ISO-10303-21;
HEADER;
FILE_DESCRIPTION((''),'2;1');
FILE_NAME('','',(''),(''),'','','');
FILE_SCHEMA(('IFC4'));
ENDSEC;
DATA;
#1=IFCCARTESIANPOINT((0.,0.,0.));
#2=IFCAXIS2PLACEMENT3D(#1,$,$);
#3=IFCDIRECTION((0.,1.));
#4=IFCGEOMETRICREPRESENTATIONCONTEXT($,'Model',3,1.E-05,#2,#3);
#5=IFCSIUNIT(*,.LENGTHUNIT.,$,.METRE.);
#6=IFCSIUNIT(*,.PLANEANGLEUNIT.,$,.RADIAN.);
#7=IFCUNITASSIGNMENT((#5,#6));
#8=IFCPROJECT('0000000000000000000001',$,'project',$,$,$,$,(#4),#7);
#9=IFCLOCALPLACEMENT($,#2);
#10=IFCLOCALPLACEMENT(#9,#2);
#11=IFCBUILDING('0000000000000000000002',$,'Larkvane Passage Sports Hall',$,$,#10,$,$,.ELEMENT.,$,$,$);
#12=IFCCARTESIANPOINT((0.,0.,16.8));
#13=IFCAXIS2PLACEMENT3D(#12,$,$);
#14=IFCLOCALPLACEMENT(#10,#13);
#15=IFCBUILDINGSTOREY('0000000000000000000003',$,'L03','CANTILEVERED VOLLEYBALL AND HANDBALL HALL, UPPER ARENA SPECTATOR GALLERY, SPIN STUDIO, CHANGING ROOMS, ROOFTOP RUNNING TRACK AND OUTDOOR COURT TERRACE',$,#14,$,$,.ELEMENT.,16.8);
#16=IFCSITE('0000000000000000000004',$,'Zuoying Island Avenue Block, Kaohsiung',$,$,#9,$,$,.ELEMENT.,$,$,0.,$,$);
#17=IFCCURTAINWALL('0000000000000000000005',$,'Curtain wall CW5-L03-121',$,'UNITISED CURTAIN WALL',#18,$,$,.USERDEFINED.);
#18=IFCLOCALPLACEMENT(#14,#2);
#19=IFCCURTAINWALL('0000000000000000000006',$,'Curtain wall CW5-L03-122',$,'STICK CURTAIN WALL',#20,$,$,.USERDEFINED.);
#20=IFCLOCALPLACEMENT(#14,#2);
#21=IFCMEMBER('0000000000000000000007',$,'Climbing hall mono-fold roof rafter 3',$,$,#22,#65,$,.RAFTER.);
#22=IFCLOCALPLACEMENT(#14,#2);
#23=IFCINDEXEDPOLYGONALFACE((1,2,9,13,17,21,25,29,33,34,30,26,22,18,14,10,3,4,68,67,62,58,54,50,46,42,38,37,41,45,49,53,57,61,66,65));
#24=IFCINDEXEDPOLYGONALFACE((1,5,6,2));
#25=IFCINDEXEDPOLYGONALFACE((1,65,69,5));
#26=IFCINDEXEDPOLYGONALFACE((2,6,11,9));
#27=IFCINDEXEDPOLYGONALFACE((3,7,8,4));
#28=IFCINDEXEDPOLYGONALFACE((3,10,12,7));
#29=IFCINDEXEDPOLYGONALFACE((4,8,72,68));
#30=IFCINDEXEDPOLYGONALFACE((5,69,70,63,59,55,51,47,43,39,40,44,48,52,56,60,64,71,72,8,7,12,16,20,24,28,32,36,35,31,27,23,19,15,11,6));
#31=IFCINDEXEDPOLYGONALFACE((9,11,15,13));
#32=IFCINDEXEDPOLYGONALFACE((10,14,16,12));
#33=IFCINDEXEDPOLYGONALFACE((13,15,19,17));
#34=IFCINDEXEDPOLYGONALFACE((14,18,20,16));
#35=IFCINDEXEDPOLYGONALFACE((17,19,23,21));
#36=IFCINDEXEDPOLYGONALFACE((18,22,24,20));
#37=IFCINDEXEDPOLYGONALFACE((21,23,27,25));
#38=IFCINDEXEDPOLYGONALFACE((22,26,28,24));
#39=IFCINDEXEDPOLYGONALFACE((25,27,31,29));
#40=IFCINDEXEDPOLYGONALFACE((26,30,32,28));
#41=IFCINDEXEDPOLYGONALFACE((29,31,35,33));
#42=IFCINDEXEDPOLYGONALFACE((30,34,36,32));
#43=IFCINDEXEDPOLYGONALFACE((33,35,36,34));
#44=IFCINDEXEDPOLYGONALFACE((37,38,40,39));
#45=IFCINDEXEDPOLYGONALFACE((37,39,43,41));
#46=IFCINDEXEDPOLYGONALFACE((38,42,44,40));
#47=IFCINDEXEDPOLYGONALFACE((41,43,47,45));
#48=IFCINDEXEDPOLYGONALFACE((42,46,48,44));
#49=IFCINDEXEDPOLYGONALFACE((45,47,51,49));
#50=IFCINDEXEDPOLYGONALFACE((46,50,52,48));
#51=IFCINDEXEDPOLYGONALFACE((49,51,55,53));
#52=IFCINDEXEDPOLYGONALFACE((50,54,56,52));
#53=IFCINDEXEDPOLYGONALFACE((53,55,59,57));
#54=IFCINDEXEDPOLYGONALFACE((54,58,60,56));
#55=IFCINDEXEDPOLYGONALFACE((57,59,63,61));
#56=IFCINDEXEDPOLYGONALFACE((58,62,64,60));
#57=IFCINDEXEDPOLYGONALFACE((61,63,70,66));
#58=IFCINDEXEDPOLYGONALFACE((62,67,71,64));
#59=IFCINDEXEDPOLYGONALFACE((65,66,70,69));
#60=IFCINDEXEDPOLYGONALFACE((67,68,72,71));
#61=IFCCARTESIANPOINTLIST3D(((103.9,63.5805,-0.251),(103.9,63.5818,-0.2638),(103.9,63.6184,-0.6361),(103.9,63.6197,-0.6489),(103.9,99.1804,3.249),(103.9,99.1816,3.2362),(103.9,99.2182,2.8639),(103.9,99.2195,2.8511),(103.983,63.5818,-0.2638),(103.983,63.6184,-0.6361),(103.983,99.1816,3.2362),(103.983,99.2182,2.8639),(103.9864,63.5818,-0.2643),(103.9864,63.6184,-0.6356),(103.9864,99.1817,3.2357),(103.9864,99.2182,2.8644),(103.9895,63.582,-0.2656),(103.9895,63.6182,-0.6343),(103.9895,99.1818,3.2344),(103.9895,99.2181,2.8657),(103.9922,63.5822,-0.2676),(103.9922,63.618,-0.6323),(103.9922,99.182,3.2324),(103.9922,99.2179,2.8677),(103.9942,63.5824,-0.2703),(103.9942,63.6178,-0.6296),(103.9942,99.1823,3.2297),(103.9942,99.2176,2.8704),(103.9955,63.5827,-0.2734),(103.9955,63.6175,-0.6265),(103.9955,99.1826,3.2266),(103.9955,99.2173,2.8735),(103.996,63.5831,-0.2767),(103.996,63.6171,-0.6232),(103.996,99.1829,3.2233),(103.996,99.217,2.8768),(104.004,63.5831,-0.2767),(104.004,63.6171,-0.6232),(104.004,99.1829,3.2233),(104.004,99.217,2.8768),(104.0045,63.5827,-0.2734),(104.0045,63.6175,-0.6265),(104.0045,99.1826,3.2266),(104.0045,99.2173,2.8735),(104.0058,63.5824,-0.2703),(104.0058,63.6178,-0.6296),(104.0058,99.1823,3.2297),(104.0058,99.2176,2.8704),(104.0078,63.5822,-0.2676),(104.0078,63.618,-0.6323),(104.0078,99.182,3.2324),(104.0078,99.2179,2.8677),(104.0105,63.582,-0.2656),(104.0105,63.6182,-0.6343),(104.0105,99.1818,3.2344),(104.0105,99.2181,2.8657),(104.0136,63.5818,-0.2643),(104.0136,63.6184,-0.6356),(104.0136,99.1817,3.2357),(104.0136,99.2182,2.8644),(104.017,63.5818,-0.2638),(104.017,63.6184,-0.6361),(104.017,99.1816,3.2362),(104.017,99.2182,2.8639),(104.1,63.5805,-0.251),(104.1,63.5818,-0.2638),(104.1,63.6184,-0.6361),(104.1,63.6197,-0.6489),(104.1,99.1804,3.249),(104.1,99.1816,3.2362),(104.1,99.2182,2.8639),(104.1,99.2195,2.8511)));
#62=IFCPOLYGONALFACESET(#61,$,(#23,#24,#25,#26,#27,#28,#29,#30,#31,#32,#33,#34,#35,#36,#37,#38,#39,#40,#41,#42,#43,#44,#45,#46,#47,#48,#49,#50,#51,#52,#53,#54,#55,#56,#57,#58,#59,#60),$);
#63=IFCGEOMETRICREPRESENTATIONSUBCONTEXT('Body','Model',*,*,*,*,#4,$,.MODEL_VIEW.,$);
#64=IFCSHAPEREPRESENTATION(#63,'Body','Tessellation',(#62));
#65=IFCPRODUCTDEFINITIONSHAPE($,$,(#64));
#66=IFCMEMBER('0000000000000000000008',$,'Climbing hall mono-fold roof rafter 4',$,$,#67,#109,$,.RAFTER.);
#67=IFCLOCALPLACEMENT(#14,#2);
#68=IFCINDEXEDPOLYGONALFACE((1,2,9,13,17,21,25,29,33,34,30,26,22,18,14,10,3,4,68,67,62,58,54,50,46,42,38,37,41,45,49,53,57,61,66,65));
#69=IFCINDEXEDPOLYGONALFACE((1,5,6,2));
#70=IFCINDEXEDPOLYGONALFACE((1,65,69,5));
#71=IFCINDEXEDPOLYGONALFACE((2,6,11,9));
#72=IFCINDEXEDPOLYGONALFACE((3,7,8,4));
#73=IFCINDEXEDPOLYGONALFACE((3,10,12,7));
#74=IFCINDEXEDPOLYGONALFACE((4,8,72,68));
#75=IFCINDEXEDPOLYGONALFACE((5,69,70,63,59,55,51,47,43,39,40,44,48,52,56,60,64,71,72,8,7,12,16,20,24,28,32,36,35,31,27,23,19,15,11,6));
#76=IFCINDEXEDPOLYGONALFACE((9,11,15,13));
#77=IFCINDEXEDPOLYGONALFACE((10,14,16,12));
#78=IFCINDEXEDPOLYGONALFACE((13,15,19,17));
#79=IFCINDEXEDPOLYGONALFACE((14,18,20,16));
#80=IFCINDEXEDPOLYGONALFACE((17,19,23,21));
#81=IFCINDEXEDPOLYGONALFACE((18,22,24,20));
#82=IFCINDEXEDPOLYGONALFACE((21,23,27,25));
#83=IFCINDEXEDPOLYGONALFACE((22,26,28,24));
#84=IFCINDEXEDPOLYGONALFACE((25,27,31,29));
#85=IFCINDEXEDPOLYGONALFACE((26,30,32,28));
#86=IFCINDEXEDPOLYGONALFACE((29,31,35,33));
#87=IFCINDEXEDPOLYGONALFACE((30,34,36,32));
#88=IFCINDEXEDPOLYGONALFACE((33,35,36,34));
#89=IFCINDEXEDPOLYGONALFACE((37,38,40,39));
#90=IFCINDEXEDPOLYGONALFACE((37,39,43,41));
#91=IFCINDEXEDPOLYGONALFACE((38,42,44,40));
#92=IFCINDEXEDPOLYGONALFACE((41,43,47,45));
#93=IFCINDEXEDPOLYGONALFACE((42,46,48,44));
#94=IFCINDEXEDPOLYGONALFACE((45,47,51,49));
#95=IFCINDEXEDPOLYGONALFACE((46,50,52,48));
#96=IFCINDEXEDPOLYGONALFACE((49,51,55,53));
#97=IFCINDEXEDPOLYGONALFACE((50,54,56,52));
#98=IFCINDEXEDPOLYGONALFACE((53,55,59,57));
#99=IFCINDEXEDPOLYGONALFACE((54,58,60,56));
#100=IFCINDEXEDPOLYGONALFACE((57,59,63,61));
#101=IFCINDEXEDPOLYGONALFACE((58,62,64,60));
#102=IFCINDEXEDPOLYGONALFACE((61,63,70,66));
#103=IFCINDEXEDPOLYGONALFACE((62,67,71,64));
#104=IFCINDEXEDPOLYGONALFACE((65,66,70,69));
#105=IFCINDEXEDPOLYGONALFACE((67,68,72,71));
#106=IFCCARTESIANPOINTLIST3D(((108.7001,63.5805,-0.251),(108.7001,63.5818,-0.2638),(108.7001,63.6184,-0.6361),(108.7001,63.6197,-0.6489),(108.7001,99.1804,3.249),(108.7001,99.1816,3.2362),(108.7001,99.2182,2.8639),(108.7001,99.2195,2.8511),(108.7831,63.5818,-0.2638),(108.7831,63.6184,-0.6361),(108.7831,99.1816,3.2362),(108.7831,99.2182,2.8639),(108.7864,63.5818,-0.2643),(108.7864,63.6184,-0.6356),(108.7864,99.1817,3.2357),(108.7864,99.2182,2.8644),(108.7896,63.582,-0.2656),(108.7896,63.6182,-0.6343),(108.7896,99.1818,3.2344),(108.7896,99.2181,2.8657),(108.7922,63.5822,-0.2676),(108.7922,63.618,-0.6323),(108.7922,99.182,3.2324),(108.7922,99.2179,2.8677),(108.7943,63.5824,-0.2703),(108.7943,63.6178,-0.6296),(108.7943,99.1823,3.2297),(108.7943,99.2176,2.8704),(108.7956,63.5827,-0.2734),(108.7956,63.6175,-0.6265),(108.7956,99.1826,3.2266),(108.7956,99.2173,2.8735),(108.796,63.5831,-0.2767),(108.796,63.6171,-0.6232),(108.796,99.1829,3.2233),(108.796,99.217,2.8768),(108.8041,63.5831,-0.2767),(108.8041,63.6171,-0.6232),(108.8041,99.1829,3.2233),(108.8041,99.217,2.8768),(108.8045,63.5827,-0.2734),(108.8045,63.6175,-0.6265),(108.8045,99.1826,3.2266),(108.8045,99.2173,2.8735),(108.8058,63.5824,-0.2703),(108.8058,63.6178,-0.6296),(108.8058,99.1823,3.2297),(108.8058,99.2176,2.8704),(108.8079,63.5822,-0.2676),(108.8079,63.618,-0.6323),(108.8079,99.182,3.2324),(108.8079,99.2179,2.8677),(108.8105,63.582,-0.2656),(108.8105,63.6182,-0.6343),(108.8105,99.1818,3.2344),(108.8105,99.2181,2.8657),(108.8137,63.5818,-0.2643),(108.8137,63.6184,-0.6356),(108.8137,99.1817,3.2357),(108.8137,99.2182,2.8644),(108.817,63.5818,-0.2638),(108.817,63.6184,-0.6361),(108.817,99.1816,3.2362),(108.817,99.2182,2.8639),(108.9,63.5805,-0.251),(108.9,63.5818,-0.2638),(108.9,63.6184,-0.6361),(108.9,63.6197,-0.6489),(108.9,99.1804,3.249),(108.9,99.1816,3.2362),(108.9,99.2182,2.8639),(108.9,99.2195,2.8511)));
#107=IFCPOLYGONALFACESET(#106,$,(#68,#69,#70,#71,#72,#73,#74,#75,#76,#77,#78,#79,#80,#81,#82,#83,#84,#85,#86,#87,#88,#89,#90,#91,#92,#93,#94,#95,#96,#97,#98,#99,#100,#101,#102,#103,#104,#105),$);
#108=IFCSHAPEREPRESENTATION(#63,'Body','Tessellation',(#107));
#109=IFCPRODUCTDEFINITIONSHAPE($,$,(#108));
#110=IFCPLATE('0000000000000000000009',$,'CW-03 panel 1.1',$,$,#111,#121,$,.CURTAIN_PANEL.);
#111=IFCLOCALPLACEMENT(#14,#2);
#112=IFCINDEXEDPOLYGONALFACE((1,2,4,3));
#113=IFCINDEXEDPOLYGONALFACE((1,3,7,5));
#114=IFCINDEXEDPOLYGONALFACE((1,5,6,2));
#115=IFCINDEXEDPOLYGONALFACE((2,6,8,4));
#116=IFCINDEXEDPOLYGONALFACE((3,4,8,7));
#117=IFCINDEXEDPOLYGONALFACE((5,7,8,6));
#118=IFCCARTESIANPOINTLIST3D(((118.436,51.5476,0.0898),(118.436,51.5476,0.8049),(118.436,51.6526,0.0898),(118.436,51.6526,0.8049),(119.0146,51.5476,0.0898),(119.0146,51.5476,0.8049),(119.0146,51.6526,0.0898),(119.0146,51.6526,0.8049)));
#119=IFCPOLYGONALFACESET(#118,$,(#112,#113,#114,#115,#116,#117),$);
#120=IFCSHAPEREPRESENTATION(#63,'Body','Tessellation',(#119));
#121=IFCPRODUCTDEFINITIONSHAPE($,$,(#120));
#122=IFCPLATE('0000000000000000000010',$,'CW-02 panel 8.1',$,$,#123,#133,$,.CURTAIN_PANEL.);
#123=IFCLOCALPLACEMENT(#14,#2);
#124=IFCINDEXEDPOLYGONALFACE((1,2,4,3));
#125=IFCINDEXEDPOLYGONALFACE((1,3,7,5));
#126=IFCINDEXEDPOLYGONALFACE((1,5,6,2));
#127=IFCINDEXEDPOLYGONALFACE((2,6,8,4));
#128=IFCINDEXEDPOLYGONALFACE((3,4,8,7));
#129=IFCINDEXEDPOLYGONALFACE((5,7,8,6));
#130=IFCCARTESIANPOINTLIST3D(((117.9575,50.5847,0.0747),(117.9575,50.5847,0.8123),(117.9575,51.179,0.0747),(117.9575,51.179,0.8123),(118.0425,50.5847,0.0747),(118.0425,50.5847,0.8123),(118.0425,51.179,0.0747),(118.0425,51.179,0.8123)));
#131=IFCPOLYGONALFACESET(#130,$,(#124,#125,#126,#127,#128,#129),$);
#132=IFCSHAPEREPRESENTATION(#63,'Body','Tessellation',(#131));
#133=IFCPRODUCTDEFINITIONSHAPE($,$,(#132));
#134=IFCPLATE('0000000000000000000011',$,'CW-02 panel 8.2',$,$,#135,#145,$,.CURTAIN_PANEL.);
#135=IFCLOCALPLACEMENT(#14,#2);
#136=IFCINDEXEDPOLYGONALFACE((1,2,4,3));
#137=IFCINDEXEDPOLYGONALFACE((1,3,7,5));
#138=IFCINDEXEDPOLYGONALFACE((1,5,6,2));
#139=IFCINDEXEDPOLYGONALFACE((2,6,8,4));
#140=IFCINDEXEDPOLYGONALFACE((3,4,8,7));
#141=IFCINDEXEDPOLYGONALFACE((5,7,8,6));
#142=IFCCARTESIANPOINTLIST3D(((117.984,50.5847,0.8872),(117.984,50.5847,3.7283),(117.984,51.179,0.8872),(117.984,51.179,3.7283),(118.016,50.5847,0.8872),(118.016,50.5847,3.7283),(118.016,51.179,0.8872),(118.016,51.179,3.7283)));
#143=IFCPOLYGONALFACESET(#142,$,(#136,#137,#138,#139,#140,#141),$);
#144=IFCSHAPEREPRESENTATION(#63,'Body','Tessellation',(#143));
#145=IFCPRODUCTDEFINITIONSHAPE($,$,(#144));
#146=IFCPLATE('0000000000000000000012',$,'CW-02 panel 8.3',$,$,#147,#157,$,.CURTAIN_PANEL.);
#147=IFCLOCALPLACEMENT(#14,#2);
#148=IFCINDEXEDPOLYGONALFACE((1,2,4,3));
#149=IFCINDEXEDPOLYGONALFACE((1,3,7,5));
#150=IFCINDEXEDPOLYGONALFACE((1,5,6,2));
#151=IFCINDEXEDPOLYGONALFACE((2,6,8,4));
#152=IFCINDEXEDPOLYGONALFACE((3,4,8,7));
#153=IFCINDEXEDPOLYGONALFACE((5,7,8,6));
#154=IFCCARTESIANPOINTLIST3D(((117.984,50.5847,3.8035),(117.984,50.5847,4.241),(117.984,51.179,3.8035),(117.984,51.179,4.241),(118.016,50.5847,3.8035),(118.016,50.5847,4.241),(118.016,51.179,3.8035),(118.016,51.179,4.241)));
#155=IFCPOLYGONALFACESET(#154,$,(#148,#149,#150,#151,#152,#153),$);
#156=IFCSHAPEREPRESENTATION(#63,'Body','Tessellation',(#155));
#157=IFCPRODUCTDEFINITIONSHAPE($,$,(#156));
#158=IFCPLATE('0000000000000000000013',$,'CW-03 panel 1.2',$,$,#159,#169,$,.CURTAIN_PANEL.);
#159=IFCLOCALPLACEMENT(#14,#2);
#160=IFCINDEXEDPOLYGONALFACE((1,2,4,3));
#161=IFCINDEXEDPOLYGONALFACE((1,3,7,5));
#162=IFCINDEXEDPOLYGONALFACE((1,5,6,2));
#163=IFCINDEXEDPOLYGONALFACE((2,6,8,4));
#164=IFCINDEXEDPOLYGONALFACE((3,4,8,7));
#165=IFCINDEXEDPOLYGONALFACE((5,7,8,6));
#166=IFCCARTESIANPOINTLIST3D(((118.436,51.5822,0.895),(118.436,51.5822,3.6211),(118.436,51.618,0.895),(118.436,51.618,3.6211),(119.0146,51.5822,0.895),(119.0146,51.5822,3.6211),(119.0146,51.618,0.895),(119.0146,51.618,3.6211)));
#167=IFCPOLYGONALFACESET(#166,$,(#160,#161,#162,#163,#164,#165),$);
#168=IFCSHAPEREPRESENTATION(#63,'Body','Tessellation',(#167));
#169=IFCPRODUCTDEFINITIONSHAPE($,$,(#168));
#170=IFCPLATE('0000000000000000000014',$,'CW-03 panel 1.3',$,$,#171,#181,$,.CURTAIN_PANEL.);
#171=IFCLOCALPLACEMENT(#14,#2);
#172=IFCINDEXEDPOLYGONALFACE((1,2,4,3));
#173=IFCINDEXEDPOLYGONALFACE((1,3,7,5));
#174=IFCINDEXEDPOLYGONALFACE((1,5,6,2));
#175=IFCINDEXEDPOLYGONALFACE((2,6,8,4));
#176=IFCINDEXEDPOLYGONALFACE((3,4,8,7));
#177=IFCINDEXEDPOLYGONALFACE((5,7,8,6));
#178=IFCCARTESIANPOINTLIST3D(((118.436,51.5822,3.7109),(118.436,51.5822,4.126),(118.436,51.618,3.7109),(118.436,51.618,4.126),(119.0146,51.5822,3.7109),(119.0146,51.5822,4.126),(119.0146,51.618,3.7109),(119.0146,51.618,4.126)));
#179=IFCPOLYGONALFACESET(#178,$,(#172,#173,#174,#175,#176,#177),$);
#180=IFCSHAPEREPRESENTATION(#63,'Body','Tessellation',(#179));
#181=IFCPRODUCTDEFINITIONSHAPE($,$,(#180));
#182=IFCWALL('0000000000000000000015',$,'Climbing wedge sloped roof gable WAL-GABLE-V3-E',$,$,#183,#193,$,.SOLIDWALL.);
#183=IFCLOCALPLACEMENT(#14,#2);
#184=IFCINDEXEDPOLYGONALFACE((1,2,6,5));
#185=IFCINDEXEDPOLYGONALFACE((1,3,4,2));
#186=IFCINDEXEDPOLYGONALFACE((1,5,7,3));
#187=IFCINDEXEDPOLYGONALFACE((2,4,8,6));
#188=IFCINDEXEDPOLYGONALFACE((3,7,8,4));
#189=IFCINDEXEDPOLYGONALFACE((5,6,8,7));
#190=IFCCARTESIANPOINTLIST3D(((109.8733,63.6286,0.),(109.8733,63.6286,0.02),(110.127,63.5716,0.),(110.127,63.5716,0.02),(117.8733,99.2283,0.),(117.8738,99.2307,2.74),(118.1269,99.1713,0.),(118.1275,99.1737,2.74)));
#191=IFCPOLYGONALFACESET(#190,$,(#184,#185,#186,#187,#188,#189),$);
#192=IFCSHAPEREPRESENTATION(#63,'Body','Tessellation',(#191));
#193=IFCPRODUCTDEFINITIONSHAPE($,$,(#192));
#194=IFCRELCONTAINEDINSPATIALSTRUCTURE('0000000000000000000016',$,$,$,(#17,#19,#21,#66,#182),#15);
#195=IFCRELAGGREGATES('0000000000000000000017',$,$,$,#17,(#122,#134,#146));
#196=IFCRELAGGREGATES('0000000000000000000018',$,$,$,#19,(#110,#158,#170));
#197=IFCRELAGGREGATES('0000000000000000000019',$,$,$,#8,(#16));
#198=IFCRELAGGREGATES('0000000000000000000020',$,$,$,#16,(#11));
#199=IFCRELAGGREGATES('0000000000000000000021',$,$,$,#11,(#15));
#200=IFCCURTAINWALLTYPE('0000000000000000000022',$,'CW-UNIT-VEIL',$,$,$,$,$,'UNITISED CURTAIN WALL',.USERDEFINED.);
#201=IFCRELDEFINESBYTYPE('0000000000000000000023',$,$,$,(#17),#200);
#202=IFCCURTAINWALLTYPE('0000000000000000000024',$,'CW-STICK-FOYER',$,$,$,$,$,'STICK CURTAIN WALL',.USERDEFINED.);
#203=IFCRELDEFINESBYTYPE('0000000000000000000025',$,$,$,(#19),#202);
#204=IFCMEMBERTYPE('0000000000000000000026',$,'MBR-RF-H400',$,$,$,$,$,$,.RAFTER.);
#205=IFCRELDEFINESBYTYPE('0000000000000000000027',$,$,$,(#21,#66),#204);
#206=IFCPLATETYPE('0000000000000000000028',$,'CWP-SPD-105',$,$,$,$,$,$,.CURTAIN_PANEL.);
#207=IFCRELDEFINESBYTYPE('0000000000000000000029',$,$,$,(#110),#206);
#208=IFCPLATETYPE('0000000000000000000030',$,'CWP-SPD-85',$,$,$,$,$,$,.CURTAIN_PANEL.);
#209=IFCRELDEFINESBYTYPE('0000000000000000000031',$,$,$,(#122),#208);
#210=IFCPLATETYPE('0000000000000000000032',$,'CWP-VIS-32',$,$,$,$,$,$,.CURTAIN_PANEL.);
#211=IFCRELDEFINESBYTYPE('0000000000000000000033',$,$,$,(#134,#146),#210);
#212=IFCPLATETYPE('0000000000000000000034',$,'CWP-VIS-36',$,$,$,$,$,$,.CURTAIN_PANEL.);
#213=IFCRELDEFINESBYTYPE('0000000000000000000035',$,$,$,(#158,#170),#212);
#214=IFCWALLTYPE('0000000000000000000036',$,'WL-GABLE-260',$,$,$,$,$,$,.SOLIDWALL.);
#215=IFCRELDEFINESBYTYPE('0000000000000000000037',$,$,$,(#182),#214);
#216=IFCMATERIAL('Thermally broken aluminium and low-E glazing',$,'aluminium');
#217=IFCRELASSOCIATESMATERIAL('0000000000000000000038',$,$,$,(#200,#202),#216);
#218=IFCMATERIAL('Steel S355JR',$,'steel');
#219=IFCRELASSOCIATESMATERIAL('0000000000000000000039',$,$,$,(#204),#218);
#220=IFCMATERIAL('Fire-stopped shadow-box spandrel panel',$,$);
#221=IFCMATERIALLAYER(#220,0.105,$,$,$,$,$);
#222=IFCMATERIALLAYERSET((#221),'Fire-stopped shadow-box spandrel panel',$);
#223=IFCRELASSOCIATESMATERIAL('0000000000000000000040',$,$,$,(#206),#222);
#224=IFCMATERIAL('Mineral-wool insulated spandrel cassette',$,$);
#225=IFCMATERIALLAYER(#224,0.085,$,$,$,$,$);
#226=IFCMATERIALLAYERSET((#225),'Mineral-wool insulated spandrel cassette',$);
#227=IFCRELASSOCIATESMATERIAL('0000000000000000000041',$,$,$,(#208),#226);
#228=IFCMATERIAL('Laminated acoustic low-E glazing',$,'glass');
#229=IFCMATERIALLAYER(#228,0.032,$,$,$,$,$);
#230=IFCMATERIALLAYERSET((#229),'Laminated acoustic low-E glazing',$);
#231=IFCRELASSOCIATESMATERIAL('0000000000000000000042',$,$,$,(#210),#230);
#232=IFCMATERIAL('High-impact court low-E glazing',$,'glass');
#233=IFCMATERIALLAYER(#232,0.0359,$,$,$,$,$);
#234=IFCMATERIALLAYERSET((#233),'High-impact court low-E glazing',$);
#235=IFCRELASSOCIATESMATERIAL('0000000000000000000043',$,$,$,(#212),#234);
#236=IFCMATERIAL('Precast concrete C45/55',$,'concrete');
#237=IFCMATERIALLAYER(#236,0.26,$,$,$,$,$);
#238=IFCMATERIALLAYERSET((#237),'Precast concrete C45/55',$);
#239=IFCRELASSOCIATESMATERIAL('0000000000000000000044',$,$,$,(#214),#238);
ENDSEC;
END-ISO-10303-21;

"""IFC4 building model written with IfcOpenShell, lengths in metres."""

from ifc_helpers import new_model, si_unit, direction, frame, origin, origin_2d, place, context, subcontext, project, spatial, polyline, rectangle, i_section, outline, extrude, material, layer, layer_set, material_profile, profile_set, type_object, element, aggregate, save


model = new_model("IFC4")

# Units and contexts
model_context = context("Model", 3, precision=1e-05, world=origin(), true_north=direction((0.0, 1.0)))
body_context = subcontext(model_context, "Body", "Model", "MODEL_VIEW")
ifc_project = project(units=[si_unit("LENGTHUNIT", "METRE"), si_unit("PLANEANGLEUNIT", "RADIAN")], contexts=[model_context])

# Site, building, storey
site_placement = place(None, origin())
site = spatial("IfcSite", under=ifc_project, at=site_placement, Name="Zuoying Island Avenue Block, Kaohsiung", CompositionType="ELEMENT", RefElevation=0.0)
building_placement = place(site_placement, origin())
building = spatial("IfcBuilding", under=site, at=building_placement, Name="Larkvane Passage Sports Hall", CompositionType="ELEMENT")
storey_placement = place(building_placement, frame((0.0, 0.0, 16.8)))
storey = spatial("IfcBuildingStorey", under=building, at=storey_placement, Name="L03", Description="CANTILEVERED VOLLEYBALL AND HANDBALL HALL, UPPER ARENA SPECTATOR GALLERY, SPIN STUDIO, CHANGING ROOMS, ROOFTOP RUNNING TRACK AND OUTDOOR COURT TERRACE", CompositionType="ELEMENT", Elevation=16.8)

# Shared definitions
ifc_material_1 = material(Name="Steel S355JR", Category="steel")

# Curtain walls
ifc_material_2 = material(Name="Thermally broken aluminium and low-E glazing", Category="aluminium")
curtain_wall_type_1 = type_object("IfcCurtainWallType", Name="CW-UNIT-VEIL", ElementType="UNITISED CURTAIN WALL", PredefinedType="USERDEFINED", material=ifc_material_2)
curtain_wall_1_placement = place(storey_placement, origin())
curtain_wall_1 = element("IfcCurtainWall", 1, at=curtain_wall_1_placement, inside=storey, type_object=curtain_wall_type_1, Name="Curtain wall CW5-L03-121", ObjectType="UNITISED CURTAIN WALL", PredefinedType="USERDEFINED")
curtain_wall_type_2 = type_object("IfcCurtainWallType", Name="CW-STICK-FOYER", ElementType="STICK CURTAIN WALL", PredefinedType="USERDEFINED", material=ifc_material_2)
curtain_wall_2_placement = place(storey_placement, origin())
curtain_wall_2 = element("IfcCurtainWall", 2, at=curtain_wall_2_placement, inside=storey, type_object=curtain_wall_type_2, Name="Curtain wall CW5-L03-122", ObjectType="STICK CURTAIN WALL", PredefinedType="USERDEFINED")

# Members
ifc_material_profile_1 = material_profile(ifc_material_1, i_section(OverallWidth=0.2, OverallDepth=0.3999, WebThickness=0.0081, FlangeThickness=0.0129, FilletRadius=0.0129, at=origin_2d()), Name="H-400x200x8x13")
ifc_profile_set_1 = profile_set([ifc_material_profile_1], Name="Steel S355JR")
member_type_1 = type_object("IfcMemberType", Name="MBR-RF-H400", PredefinedType="RAFTER", material=ifc_profile_set_1)
for number, where, z_axis, x_axis, name in (
    (3, (104.0, 63.6001, -0.45), (0.0, 0.995202, 0.097843), (-1.0, 0.0, 0.0), "Climbing hall mono-fold roof rafter 3"),
    (4, (108.8, 63.6001, -0.45), (0.0, 0.995202, 0.097843), (-1.0, 0.0, 0.0), "Climbing hall mono-fold roof rafter 4"),
):
    element("IfcMember", number, at=place(storey_placement, frame(where, z_axis=z_axis, x_axis=x_axis)), inside=storey, type_object=member_type_1, Name=name, PredefinedType="RAFTER", context=body_context, shape_type="SweptSolid", body=[
        extrude(i_section(OverallWidth=0.2, OverallDepth=0.3999, WebThickness=0.0081, FlangeThickness=0.0129, FilletRadius=0.0129, at=origin_2d()), origin(), (0.0, 0.0, 1.0), 35.7715),
    ])

# Plates
ifc_material_3 = material(Name="Fire-stopped shadow-box spandrel panel")
ifc_layer_1 = layer(ifc_material_3, 0.105)
ifc_layer_set_1 = layer_set([ifc_layer_1], Name="Fire-stopped shadow-box spandrel panel")
plate_type_1 = type_object("IfcPlateType", Name="CWP-SPD-105", PredefinedType="CURTAIN_PANEL", material=ifc_layer_set_1)
plate_1_placement = place(storey_placement, frame((118.7253, 51.6001, 0.0898), z_axis=(0.0, 0.0, 1.0), x_axis=(1.0, 0.0, 0.0)))
plate_1 = element("IfcPlate", 5, at=plate_1_placement, type_object=plate_type_1, Name="CW-03 panel 1.1", PredefinedType="CURTAIN_PANEL", context=body_context, shape_type="SweptSolid", body=[
    extrude(rectangle(XDim=0.5786, YDim=0.105, at=origin_2d()), origin(), (0.0, 0.0, 1.0), 0.7151),
])
ifc_material_4 = material(Name="Mineral-wool insulated spandrel cassette")
ifc_layer_2 = layer(ifc_material_4, 0.085)
ifc_layer_set_2 = layer_set([ifc_layer_2], Name="Mineral-wool insulated spandrel cassette")
plate_type_2 = type_object("IfcPlateType", Name="CWP-SPD-85", PredefinedType="CURTAIN_PANEL", material=ifc_layer_set_2)
plate_2_placement = place(storey_placement, frame((118.0, 50.8818, 0.0747), z_axis=(0.0, 0.0, 1.0), x_axis=(0.0, 1.0, 0.0)))
plate_2 = element("IfcPlate", 6, at=plate_2_placement, type_object=plate_type_2, Name="CW-02 panel 8.1", PredefinedType="CURTAIN_PANEL", context=body_context, shape_type="SweptSolid", body=[
    extrude(rectangle(XDim=0.5942, YDim=0.085, at=origin_2d()), origin(), (0.0, 0.0, 1.0), 0.7375),
])
ifc_material_5 = material(Name="Laminated acoustic low-E glazing", Category="glass")
ifc_layer_3 = layer(ifc_material_5, 0.032)
ifc_layer_set_3 = layer_set([ifc_layer_3], Name="Laminated acoustic low-E glazing")
plate_type_3 = type_object("IfcPlateType", Name="CWP-VIS-32", PredefinedType="CURTAIN_PANEL", material=ifc_layer_set_3)
plate_3_placement = place(storey_placement, frame((118.0, 50.8818, 0.8872), z_axis=(0.0, 0.0, 1.0), x_axis=(0.0, 1.0, 0.0)))
plate_3 = element("IfcPlate", 7, at=plate_3_placement, type_object=plate_type_3, Name="CW-02 panel 8.2", PredefinedType="CURTAIN_PANEL", context=body_context, shape_type="SweptSolid", body=[
    extrude(rectangle(XDim=0.5942, YDim=0.032, at=origin_2d()), origin(), (0.0, 0.0, 1.0), 2.8411),
])
plate_4_placement = place(storey_placement, frame((118.0, 50.8818, 3.8035), z_axis=(0.0, 0.0, 1.0), x_axis=(0.0, 1.0, 0.0)))
plate_4 = element("IfcPlate", 8, at=plate_4_placement, type_object=plate_type_3, Name="CW-02 panel 8.3", PredefinedType="CURTAIN_PANEL", context=body_context, shape_type="SweptSolid", body=[
    extrude(rectangle(XDim=0.5942, YDim=0.032, at=origin_2d()), origin(), (0.0, 0.0, 1.0), 0.4375),
])
aggregate(curtain_wall_1, [plate_2, plate_3, plate_4])
ifc_material_6 = material(Name="High-impact court low-E glazing", Category="glass")
ifc_layer_4 = layer(ifc_material_6, 0.0359)
ifc_layer_set_4 = layer_set([ifc_layer_4], Name="High-impact court low-E glazing")
plate_type_4 = type_object("IfcPlateType", Name="CWP-VIS-36", PredefinedType="CURTAIN_PANEL", material=ifc_layer_set_4)
plate_5_placement = place(storey_placement, frame((118.7253, 51.6001, 0.895), z_axis=(0.0, 0.0, 1.0), x_axis=(1.0, 0.0, 0.0)))
plate_5 = element("IfcPlate", 9, at=plate_5_placement, type_object=plate_type_4, Name="CW-03 panel 1.2", PredefinedType="CURTAIN_PANEL", context=body_context, shape_type="SweptSolid", body=[
    extrude(rectangle(XDim=0.5786, YDim=0.0359, at=origin_2d()), origin(), (0.0, 0.0, 1.0), 2.7261),
])
plate_6_placement = place(storey_placement, frame((118.7253, 51.6001, 3.7109), z_axis=(0.0, 0.0, 1.0), x_axis=(1.0, 0.0, 0.0)))
plate_6 = element("IfcPlate", 10, at=plate_6_placement, type_object=plate_type_4, Name="CW-03 panel 1.3", PredefinedType="CURTAIN_PANEL", context=body_context, shape_type="SweptSolid", body=[
    extrude(rectangle(XDim=0.5786, YDim=0.0359, at=origin_2d()), origin(), (0.0, 0.0, 1.0), 0.415),
])
aggregate(curtain_wall_2, [plate_1, plate_5, plate_6])

# Wall
ifc_material_7 = material(Name="Precast concrete C45/55", Category="concrete")
ifc_layer_5 = layer(ifc_material_7, 0.26)
ifc_layer_set_5 = layer_set([ifc_layer_5], Name="Precast concrete C45/55")
wall_type = type_object("IfcWallType", Name="WL-GABLE-260", PredefinedType="SOLIDWALL", material=ifc_layer_set_5)
wall_placement = place(storey_placement, frame((110.0, 63.6001, 0.0), z_axis=(0.0, 0.0, 1.0), x_axis=(0.219252, 0.975668, 0.0)))
element("IfcWall", 11, at=wall_placement, inside=storey, type_object=wall_type, Name="Climbing wedge sloped roof gable WAL-GABLE-V3-E", PredefinedType="SOLIDWALL", context=body_context, shape_type="SweptSolid", body=[
    extrude(outline(polyline([(0.0, 0.0), (36.4875, 0.0), (36.49, 2.74), (0.0, 0.02), (0.0, 0.0)])), frame((0.0, 0.1299, 0.0), z_axis=(0.0, -1.0, 0.0), x_axis=(1.0, 0.0, 0.0)), (0.0, 0.0, 1.0), 0.26),
])

save(model, "model.ifc")
